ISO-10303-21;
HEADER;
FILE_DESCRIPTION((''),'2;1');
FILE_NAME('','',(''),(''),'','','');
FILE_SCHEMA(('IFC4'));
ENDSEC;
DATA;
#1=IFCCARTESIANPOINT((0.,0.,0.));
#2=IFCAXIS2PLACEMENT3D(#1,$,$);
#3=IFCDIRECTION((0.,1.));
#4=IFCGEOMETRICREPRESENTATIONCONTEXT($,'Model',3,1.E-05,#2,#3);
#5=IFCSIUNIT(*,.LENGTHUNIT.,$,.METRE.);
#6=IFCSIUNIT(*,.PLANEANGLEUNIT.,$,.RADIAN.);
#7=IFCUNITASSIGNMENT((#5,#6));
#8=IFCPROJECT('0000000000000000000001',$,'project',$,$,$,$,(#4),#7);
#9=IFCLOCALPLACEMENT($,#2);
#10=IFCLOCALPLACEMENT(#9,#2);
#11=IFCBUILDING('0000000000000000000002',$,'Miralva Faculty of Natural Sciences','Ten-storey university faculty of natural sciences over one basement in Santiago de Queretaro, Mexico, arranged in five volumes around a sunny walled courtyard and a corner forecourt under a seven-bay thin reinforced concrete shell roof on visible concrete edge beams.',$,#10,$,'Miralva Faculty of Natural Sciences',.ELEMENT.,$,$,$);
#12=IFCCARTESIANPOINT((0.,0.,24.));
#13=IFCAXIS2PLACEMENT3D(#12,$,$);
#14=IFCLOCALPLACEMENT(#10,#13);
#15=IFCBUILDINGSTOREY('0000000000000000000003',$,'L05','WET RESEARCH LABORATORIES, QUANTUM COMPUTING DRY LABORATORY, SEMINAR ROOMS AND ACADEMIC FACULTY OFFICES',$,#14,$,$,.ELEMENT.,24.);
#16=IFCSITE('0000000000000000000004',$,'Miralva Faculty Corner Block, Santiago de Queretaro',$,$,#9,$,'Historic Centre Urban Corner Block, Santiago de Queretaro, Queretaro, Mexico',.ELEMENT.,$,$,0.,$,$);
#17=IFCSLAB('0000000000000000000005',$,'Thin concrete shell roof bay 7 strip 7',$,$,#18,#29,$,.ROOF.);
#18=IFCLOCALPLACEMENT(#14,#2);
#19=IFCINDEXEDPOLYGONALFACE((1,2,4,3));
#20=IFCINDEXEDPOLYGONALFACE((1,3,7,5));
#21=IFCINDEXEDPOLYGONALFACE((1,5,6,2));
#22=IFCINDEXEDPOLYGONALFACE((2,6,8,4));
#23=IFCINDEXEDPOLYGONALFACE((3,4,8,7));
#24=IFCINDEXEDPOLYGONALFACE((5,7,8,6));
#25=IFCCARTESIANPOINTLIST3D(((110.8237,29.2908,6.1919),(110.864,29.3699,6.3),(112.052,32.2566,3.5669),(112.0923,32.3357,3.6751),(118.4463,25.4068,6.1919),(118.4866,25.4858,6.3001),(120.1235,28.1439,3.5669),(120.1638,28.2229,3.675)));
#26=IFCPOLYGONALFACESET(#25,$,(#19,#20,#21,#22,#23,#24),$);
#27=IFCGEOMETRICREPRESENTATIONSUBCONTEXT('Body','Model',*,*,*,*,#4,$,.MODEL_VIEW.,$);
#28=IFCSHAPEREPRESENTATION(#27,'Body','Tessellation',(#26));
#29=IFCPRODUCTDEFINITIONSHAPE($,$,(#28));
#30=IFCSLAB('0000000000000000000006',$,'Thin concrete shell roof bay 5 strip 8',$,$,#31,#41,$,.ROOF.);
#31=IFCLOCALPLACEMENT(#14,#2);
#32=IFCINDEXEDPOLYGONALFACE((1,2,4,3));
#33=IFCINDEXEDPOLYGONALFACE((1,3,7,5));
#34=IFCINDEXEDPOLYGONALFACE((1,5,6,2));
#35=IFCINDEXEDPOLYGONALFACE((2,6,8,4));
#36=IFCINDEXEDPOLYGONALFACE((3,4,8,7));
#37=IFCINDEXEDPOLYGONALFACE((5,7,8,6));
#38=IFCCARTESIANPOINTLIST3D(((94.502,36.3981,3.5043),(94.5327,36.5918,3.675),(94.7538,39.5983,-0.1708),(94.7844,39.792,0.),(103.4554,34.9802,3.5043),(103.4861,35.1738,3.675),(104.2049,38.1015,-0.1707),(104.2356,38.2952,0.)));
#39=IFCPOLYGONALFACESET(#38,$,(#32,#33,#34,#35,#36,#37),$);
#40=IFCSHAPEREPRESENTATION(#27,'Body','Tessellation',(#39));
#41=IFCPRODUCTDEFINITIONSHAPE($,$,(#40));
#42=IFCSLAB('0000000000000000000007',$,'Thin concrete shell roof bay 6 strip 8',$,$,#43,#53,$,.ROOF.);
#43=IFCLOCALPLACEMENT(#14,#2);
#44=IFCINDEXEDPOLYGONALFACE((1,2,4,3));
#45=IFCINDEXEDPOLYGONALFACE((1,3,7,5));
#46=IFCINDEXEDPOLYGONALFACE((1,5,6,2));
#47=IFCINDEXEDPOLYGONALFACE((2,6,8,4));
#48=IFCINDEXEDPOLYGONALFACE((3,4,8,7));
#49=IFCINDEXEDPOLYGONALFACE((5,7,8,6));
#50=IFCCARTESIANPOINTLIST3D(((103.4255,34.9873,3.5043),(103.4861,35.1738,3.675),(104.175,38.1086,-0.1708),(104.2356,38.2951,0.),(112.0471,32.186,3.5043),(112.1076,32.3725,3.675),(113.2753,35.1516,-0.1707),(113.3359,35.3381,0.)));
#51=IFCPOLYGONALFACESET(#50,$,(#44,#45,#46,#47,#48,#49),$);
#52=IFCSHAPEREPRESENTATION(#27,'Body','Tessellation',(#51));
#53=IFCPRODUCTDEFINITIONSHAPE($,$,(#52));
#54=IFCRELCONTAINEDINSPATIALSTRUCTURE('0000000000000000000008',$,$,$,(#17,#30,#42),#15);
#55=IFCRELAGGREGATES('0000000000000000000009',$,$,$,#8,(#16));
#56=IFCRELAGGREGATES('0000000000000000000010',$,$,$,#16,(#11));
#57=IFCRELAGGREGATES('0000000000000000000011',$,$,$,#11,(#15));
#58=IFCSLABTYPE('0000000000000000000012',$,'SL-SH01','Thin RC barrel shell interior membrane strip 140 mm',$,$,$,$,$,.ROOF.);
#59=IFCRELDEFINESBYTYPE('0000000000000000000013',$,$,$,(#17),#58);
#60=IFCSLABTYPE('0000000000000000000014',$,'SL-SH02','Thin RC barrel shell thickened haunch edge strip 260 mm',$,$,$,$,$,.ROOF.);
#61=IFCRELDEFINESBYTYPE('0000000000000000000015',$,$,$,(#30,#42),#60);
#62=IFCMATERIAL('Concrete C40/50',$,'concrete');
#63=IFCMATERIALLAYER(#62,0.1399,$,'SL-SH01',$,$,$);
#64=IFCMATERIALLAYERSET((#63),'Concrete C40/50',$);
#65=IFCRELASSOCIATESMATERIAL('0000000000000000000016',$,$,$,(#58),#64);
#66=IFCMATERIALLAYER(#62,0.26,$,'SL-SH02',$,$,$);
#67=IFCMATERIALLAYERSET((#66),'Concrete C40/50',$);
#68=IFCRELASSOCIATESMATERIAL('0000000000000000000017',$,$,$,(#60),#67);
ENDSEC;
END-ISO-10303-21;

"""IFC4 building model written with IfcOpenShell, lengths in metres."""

from ifc_helpers import new_model, si_unit, direction, frame, origin, place, context, subcontext, project, spatial, polyline, outline, extrude, material, layer, layer_set, type_object, element, save


model = new_model("IFC4")

# Units and contexts
model_context = context("Model", 3, precision=1e-05, world=origin(), true_north=direction((0.0, 1.0)))
body_context = subcontext(model_context, "Body", "Model", "MODEL_VIEW")
ifc_project = project(units=[si_unit("LENGTHUNIT", "METRE"), si_unit("PLANEANGLEUNIT", "RADIAN")], contexts=[model_context])

# Site, building, storey
site_placement = place(None, origin())
site = spatial("IfcSite", under=ifc_project, at=site_placement, Name="Miralva Faculty Corner Block, Santiago de Queretaro", LongName="Historic Centre Urban Corner Block, Santiago de Queretaro, Queretaro, Mexico", CompositionType="ELEMENT", RefElevation=0.0)
building_placement = place(site_placement, origin())
building = spatial("IfcBuilding", under=site, at=building_placement, Name="Miralva Faculty of Natural Sciences", Description="Ten-storey university faculty of natural sciences over one basement in Santiago de Queretaro, Mexico, arranged in five volumes around a sunny walled courtyard and a corner forecourt under a seven-bay thin reinforced concrete shell roof on visible concrete edge beams.", LongName="Miralva Faculty of Natural Sciences", CompositionType="ELEMENT")
storey_placement = place(building_placement, frame((0.0, 0.0, 24.0)))
storey = spatial("IfcBuildingStorey", under=building, at=storey_placement, Name="L05", Description="WET RESEARCH LABORATORIES, QUANTUM COMPUTING DRY LABORATORY, SEMINAR ROOMS AND ACADEMIC FACULTY OFFICES", CompositionType="ELEMENT", Elevation=24.0)

# Shared definitions
ifc_material_1 = material(Name="Concrete C40/50", Category="concrete")

# Slabs
ifc_layer_1 = layer(ifc_material_1, 0.1399, Name="SL-SH01")
ifc_layer_set_1 = layer_set([ifc_layer_1], Name="Concrete C40/50")
slab_type_1 = type_object("IfcSlabType", Name="SL-SH01", Description="Thin RC barrel shell interior membrane strip 140 mm", PredefinedType="ROOF", material=ifc_layer_set_1)
slab_1_placement = place(storey_placement, frame((110.864, 29.3699, 6.3), z_axis=(0.28793, 0.565073, 0.773168), x_axis=(0.891, -0.454004, 0.0)))
element("IfcSlab", 1, at=slab_1_placement, inside=storey, type_object=slab_type_1, Name="Thin concrete shell roof bay 7 strip 7", PredefinedType="ROOF", context=body_context, shape_type="SweptSolid", body=[
    extrude(outline(polyline([(0.0, 0.0), (8.5551, 0.0), (8.8069, 4.1391), (-0.2521, 4.1391), (0.0, 0.0)])), origin(), (0.0, 0.0, -1.0), 0.1399),
])
ifc_layer_2 = layer(ifc_material_1, 0.26, Name="SL-SH02")
ifc_layer_set_2 = layer_set([ifc_layer_2], Name="Concrete C40/50")
slab_type_2 = type_object("IfcSlabType", Name="SL-SH02", Description="Thin RC barrel shell thickened haunch edge strip 260 mm", PredefinedType="ROOF", material=ifc_layer_set_2)
slab_2_placement = place(storey_placement, frame((94.5327, 36.5918, 3.675), z_axis=(0.117967, 0.744867, 0.656701), x_axis=(0.98769, -0.156424, -0.000001)))
element("IfcSlab", 2, at=slab_2_placement, inside=storey, type_object=slab_type_2, Name="Thin concrete shell roof bay 5 strip 8", PredefinedType="ROOF", context=body_context, shape_type="SweptSolid", body=[
    extrude(outline(polyline([(0.0, 0.0), (9.065, 0.0), (9.317, 4.8731), (-0.252, 4.8731), (0.0, 0.0)])), origin(), (0.0, 0.0, -1.0), 0.26),
])
slab_3_placement = place(storey_placement, frame((103.4861, 35.1738, 3.675), z_axis=(0.233052, 0.717247, 0.656691), x_axis=(0.951056, -0.309017, -0.000005)))
element("IfcSlab", 3, at=slab_3_placement, inside=storey, type_object=slab_type_2, Name="Thin concrete shell roof bay 6 strip 8", PredefinedType="ROOF", context=body_context, shape_type="SweptSolid", body=[
    extrude(outline(polyline([(0.0, 0.0), (9.0653, 0.0), (9.317, 4.873), (-0.2517, 4.8731), (0.0, 0.0)])), origin(), (0.0, 0.0, -1.0), 0.26),
])

save(model, "model.ifc")
